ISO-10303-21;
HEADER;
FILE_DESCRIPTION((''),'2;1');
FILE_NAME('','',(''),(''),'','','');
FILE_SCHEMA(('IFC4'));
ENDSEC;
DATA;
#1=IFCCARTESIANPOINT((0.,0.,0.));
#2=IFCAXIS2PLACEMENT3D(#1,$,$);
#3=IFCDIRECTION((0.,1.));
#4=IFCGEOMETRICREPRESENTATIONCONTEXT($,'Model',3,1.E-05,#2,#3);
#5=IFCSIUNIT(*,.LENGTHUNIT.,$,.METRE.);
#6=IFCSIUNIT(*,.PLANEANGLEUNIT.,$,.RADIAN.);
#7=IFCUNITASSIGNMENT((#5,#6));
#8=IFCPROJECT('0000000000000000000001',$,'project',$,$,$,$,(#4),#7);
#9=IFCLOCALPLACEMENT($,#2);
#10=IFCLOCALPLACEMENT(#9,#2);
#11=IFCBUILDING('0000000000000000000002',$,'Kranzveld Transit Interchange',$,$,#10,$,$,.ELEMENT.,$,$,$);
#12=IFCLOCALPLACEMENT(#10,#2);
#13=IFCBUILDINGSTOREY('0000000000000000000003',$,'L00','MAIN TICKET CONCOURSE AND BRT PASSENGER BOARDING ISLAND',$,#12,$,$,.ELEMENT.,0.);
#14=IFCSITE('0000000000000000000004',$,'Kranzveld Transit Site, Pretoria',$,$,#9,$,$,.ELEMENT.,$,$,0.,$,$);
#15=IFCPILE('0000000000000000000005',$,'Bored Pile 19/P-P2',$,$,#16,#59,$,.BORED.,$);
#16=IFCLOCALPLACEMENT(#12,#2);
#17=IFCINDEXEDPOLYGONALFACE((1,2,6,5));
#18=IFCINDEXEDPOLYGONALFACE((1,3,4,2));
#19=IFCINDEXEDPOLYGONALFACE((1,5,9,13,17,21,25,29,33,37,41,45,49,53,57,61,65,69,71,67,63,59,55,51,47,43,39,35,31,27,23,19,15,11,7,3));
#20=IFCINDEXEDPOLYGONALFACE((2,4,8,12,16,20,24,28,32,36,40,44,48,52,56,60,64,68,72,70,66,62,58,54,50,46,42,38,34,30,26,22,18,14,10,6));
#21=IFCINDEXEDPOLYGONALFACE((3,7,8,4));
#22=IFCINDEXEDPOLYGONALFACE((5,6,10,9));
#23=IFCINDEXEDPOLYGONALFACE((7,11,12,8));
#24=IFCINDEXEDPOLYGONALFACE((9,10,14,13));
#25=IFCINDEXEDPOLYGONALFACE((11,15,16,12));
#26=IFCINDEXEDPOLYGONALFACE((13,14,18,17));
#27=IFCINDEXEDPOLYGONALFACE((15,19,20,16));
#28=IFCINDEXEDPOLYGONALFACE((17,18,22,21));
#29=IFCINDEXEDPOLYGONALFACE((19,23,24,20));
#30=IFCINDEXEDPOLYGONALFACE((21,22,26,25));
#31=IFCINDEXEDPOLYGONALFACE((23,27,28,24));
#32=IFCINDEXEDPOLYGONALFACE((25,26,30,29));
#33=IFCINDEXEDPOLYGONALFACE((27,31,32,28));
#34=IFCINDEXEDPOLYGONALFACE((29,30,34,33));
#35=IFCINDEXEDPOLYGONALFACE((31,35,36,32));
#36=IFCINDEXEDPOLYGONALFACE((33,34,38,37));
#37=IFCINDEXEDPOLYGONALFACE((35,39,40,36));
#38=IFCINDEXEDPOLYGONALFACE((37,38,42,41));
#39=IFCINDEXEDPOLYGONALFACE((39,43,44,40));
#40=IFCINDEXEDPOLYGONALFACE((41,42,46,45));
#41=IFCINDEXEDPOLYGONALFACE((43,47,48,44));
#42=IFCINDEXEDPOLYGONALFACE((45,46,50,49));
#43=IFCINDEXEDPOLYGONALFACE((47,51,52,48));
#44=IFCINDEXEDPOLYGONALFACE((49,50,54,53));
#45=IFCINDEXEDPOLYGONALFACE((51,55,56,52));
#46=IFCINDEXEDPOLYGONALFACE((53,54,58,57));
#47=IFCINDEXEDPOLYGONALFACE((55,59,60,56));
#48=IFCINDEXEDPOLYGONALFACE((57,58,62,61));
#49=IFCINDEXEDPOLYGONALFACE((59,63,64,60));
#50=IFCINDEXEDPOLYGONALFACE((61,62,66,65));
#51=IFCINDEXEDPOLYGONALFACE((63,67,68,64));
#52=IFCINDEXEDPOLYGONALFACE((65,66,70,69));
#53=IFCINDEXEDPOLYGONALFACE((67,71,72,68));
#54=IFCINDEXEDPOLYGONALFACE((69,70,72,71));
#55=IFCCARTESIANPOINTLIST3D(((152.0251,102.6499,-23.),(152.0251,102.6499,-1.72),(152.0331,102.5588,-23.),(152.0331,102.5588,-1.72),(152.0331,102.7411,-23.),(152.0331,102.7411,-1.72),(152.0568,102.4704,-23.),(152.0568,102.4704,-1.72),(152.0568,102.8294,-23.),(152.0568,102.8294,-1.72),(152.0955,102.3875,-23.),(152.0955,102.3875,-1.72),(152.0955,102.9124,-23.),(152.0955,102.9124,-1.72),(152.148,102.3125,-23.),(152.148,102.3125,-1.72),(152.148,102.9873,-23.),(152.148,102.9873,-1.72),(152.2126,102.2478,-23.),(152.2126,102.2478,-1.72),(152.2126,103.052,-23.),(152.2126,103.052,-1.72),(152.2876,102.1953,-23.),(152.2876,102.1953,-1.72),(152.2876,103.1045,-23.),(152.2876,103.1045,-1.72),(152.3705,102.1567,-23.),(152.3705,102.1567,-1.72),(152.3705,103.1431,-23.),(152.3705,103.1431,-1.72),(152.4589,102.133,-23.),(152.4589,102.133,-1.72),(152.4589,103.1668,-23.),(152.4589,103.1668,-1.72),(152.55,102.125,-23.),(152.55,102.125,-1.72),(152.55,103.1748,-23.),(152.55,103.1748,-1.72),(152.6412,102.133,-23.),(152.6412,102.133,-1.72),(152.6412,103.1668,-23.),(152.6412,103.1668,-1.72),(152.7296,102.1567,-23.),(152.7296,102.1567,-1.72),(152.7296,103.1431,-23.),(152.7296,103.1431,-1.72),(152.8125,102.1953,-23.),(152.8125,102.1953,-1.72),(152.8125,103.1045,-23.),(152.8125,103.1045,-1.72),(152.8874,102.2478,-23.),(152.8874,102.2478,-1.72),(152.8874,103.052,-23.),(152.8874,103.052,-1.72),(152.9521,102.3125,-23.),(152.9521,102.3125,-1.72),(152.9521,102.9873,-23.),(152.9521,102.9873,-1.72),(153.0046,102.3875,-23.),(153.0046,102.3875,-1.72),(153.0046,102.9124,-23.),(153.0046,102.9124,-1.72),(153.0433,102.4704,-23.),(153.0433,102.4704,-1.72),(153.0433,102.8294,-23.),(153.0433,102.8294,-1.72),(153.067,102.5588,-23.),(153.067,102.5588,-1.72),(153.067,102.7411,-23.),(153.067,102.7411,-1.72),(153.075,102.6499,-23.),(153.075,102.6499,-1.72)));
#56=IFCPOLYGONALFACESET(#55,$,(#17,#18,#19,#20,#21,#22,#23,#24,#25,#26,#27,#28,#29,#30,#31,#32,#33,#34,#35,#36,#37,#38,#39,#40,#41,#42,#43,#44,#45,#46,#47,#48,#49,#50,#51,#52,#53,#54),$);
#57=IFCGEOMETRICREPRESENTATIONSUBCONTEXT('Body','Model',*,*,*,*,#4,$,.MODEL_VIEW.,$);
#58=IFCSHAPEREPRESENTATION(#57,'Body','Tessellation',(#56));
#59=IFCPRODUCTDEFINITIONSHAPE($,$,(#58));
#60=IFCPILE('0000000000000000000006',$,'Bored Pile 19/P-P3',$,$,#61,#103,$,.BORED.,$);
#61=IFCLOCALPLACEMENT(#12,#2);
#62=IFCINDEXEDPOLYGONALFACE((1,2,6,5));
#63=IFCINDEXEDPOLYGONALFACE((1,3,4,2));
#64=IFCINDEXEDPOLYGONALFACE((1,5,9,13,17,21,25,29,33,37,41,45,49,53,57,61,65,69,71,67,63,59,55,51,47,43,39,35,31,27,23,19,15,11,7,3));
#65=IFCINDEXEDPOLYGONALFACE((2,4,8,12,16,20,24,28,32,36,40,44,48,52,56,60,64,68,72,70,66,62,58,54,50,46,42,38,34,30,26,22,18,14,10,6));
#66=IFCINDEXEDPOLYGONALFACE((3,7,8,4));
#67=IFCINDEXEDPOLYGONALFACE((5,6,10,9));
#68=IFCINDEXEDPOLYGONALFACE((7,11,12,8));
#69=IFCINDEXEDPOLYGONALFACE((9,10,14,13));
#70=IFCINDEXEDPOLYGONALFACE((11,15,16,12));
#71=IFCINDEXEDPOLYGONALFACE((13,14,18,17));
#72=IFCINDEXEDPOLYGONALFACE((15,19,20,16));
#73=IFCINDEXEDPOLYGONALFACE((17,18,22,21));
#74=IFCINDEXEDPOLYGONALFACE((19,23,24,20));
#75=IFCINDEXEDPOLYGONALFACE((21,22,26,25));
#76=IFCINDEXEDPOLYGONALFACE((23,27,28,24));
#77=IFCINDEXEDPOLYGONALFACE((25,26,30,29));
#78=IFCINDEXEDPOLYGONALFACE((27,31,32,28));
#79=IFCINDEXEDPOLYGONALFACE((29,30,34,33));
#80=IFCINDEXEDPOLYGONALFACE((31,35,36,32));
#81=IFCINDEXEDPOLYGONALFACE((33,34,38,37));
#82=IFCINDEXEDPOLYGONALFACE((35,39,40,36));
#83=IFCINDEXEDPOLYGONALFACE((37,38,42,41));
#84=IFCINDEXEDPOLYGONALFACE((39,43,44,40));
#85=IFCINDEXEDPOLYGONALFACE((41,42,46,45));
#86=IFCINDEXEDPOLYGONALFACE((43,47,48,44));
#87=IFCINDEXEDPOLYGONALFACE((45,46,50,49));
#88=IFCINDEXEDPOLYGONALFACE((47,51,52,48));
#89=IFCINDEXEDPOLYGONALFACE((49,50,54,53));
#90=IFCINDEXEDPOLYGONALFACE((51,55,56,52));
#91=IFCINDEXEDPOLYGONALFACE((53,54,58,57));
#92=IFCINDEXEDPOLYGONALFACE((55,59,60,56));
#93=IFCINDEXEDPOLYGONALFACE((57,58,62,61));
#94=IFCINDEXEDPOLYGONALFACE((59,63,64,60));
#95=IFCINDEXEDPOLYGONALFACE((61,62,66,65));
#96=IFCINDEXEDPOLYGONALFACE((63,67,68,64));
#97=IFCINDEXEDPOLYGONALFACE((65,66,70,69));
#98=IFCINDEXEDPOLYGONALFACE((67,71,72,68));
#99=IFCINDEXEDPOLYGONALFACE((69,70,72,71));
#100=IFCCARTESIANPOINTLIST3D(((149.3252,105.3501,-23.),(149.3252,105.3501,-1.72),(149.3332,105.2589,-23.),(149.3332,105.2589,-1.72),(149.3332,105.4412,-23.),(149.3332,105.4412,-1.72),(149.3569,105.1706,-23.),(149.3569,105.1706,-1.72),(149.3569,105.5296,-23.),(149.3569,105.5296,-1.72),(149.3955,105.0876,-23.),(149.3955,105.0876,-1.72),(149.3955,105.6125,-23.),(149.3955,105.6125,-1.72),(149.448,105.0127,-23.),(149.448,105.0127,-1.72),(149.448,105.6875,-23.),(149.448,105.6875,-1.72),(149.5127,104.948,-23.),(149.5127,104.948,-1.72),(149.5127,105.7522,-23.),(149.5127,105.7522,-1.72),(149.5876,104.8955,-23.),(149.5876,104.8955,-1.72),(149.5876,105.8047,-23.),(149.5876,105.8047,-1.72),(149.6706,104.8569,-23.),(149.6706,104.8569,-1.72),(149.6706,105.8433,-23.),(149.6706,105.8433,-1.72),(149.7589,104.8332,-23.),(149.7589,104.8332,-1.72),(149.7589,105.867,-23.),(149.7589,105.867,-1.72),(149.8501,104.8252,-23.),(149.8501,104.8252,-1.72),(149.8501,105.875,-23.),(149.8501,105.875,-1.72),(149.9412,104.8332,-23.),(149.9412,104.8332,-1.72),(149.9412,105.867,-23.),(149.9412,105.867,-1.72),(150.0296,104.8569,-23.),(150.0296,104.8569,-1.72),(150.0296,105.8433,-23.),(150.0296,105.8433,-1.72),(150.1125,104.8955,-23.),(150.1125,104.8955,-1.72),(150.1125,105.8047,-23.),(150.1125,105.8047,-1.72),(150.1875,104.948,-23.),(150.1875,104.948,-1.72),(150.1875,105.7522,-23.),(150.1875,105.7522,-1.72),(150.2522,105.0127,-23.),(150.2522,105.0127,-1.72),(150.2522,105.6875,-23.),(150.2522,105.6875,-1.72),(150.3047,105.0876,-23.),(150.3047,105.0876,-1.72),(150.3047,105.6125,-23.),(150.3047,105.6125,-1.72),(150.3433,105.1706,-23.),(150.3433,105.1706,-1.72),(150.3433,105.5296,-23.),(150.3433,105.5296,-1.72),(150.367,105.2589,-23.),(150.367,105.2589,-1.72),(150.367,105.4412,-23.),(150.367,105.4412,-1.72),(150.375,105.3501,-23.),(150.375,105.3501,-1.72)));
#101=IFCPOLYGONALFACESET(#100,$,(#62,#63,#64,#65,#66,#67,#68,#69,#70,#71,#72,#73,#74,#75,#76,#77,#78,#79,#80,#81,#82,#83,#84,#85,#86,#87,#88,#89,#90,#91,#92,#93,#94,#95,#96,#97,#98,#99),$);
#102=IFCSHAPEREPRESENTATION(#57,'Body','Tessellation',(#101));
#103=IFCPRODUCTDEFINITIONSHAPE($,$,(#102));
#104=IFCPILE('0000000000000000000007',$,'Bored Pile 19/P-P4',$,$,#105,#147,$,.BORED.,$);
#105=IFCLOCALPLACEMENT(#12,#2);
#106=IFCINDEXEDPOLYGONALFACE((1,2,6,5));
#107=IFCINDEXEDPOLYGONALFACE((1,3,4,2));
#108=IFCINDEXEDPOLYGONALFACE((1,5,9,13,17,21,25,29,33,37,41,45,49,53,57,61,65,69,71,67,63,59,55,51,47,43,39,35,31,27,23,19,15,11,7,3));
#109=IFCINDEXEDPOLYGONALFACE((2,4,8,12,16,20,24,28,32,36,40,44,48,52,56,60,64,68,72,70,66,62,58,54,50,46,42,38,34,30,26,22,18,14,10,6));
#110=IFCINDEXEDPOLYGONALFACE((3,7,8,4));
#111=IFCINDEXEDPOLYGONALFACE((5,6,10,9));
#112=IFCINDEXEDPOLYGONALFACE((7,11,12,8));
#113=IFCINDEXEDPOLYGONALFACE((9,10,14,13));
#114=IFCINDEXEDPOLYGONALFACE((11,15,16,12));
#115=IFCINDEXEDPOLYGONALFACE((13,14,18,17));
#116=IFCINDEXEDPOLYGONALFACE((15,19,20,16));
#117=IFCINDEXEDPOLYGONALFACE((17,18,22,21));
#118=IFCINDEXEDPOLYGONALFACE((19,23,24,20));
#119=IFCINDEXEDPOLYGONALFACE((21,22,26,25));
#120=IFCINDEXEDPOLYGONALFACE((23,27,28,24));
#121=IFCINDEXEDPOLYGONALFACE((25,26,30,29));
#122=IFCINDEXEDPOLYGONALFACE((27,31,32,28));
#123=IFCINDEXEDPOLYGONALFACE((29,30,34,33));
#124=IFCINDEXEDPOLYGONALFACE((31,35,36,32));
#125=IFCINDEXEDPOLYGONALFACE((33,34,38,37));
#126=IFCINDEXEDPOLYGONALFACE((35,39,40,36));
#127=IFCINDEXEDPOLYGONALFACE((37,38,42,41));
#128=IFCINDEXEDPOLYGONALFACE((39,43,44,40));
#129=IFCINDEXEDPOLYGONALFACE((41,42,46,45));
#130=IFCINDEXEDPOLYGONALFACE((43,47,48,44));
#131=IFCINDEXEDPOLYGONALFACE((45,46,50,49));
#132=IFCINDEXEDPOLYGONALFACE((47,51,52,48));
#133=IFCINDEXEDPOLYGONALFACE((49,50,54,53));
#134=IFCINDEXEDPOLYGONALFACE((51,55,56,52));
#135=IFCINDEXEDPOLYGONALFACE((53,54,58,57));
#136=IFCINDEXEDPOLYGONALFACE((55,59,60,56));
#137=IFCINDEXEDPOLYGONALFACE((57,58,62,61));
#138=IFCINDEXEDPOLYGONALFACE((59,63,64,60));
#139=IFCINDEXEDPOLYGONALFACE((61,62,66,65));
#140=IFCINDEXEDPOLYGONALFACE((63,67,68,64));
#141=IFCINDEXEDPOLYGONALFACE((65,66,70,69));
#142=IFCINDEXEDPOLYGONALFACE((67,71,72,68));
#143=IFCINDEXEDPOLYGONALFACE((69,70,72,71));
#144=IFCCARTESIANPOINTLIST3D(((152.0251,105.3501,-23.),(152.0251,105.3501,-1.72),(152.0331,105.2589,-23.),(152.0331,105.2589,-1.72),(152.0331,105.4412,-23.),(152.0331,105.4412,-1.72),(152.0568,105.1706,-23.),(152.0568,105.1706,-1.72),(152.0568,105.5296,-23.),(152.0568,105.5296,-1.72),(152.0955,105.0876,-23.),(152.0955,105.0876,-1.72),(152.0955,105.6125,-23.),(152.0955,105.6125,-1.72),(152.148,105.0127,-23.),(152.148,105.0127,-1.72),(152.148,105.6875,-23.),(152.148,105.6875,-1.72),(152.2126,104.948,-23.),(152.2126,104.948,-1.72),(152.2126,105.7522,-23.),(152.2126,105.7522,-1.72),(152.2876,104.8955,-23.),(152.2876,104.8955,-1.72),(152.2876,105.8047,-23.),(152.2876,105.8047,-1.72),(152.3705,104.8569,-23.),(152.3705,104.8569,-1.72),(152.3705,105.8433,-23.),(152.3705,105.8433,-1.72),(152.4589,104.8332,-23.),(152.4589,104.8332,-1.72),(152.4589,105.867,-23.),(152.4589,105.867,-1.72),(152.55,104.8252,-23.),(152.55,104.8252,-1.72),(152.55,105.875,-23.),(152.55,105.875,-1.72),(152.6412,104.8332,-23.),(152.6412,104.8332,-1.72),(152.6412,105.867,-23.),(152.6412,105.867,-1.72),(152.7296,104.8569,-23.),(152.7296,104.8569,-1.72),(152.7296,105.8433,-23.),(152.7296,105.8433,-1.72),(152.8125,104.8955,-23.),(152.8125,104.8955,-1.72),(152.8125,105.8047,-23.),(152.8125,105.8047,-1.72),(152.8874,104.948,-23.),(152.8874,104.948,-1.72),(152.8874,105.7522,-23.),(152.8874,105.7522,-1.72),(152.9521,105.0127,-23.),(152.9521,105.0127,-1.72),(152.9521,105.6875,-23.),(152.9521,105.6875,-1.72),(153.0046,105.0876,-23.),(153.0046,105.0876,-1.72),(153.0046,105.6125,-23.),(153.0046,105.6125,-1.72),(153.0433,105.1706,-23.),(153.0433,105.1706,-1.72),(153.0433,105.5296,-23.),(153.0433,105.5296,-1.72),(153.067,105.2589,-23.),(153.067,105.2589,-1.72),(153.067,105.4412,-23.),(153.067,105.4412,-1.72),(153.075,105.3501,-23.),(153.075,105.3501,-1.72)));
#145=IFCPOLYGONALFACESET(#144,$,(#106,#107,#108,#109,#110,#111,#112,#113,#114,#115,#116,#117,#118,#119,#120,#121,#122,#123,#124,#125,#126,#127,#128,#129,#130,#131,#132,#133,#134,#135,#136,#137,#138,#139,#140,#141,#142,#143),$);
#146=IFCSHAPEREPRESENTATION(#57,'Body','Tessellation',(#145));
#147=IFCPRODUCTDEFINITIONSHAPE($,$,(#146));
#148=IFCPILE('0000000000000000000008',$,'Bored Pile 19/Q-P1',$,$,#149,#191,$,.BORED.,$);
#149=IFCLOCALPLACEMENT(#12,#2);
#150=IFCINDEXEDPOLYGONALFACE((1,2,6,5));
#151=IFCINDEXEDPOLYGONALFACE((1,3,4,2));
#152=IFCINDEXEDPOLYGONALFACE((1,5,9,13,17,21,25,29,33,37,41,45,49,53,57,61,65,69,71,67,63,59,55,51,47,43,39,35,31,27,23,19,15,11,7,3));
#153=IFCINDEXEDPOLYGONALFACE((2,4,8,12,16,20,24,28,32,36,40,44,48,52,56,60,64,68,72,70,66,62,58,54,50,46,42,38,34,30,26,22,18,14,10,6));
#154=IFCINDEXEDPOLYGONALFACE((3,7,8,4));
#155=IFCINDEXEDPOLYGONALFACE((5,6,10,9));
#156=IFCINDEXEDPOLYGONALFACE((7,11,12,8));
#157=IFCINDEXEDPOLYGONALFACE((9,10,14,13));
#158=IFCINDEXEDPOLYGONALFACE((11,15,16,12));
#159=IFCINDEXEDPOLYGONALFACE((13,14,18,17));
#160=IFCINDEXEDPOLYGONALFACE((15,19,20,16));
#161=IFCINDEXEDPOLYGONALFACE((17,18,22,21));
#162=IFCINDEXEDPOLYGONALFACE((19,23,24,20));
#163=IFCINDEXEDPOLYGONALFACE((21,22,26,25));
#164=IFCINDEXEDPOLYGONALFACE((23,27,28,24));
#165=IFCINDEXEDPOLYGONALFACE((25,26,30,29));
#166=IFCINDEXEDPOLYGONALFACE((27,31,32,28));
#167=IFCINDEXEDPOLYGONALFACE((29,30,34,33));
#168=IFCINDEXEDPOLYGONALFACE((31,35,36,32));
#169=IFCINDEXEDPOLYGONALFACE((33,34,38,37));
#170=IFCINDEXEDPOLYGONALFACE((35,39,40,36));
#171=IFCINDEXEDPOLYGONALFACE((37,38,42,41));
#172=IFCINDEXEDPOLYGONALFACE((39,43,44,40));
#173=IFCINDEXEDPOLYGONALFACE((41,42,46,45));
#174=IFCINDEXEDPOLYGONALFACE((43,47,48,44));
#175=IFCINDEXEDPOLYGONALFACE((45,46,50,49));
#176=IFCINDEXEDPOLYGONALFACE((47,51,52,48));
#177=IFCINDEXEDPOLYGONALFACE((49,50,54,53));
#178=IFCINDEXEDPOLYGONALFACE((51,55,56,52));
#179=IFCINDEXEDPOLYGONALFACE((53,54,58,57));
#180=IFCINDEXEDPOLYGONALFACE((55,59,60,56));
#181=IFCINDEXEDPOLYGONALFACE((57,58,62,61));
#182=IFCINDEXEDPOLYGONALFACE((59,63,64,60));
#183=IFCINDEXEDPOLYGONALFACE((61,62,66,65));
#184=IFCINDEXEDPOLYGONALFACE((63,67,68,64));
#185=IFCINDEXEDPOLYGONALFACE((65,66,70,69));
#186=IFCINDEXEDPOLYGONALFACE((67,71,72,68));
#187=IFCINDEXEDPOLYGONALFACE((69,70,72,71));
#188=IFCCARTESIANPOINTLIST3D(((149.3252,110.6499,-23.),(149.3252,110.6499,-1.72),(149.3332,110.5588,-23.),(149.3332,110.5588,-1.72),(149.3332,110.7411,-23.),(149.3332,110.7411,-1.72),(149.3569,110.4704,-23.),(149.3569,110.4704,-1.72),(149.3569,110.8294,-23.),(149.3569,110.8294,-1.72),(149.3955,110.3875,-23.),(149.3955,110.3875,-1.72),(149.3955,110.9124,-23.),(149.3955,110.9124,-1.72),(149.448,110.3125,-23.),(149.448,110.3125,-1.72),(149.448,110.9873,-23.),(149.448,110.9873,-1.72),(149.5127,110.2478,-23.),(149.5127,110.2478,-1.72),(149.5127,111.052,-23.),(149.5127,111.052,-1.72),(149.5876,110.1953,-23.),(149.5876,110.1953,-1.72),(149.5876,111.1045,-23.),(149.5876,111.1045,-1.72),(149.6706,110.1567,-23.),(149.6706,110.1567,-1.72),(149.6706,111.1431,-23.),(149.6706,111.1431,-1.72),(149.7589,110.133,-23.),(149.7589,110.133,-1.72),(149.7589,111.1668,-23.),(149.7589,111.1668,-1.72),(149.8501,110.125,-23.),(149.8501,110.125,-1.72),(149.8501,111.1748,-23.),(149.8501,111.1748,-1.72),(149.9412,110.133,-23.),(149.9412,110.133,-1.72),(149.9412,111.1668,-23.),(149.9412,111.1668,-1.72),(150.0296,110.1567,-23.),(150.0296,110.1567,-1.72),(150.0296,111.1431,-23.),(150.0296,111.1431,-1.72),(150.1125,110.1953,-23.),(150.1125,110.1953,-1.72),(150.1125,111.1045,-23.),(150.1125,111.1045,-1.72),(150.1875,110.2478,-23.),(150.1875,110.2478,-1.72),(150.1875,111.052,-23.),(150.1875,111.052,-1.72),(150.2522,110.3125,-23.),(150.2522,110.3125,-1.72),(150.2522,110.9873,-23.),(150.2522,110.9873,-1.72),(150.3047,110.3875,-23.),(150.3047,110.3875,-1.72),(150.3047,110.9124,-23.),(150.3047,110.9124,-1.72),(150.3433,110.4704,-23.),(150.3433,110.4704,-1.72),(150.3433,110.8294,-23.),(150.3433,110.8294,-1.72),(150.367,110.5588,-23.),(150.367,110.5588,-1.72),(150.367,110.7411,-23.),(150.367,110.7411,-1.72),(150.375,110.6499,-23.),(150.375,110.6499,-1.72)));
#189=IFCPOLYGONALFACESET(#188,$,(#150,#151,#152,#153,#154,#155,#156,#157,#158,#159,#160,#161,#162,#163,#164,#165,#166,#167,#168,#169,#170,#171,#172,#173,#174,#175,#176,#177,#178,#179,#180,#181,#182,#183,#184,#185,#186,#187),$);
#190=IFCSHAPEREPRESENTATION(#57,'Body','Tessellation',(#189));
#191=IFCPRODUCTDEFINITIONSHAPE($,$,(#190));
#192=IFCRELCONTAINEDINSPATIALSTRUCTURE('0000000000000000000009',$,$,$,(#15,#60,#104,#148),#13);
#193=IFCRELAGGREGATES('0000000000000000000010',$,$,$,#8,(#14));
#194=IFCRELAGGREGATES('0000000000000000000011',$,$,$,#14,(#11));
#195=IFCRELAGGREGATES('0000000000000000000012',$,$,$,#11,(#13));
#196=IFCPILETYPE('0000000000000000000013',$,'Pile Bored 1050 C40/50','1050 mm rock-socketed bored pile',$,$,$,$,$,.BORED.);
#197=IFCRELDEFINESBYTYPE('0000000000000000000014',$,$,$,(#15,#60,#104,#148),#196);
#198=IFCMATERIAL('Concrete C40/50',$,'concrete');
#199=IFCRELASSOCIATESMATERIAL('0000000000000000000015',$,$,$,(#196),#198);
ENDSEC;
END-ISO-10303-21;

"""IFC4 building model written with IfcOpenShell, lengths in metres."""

from ifc_helpers import new_model, si_unit, direction, frame, origin, origin_2d, place, context, subcontext, project, spatial, circle, extrude, material, material_profile, profile_set, type_object, element, save


model = new_model("IFC4")

# Units and contexts
model_context = context("Model", 3, precision=1e-05, world=origin(), true_north=direction((0.0, 1.0)))
body_context = subcontext(model_context, "Body", "Model", "MODEL_VIEW")
ifc_project = project(units=[si_unit("LENGTHUNIT", "METRE"), si_unit("PLANEANGLEUNIT", "RADIAN")], contexts=[model_context])

# Site, building, storey
site_placement = place(None, origin())
site = spatial("IfcSite", under=ifc_project, at=site_placement, Name="Kranzveld Transit Site, Pretoria", CompositionType="ELEMENT", RefElevation=0.0)
building_placement = place(site_placement, origin())
building = spatial("IfcBuilding", under=site, at=building_placement, Name="Kranzveld Transit Interchange", CompositionType="ELEMENT")
storey_placement = place(building_placement, origin())
storey = spatial("IfcBuildingStorey", under=building, at=storey_placement, Name="L00", Description="MAIN TICKET CONCOURSE AND BRT PASSENGER BOARDING ISLAND", CompositionType="ELEMENT", Elevation=0.0)

# Piles
ifc_material_1 = material(Name="Concrete C40/50", Category="concrete")
ifc_material_profile_1 = material_profile(ifc_material_1, circle(Radius=0.5249, at=origin_2d()), Name="BORED PILE 1050")
ifc_profile_set_1 = profile_set([ifc_material_profile_1], Name="Concrete C40/50")
pile_type = type_object("IfcPileType", Name="Pile Bored 1050 C40/50", Description="1050 mm rock-socketed bored pile", PredefinedType="BORED", material=ifc_profile_set_1)
for number, where, z_axis, x_axis, name in (
    (1, (152.55, 102.6499, -1.72), (0.0, 0.0, -1.0), (1.0, 0.0, 0.0), "Bored Pile 19/P-P2"),
    (2, (149.8501, 105.3501, -1.72), (0.0, 0.0, -1.0), (1.0, 0.0, 0.0), "Bored Pile 19/P-P3"),
    (3, (152.55, 105.3501, -1.72), (0.0, 0.0, -1.0), (1.0, 0.0, 0.0), "Bored Pile 19/P-P4"),
    (4, (149.8501, 110.6499, -1.72), (0.0, 0.0, -1.0), (1.0, 0.0, 0.0), "Bored Pile 19/Q-P1"),
):
    element("IfcPile", number, at=place(storey_placement, frame(where, z_axis=z_axis, x_axis=x_axis)), inside=storey, type_object=pile_type, Name=name, PredefinedType="BORED", context=body_context, shape_type="SweptSolid", body=[
        extrude(circle(Radius=0.5249, at=origin_2d()), origin(), (0.0, 0.0, 1.0), 21.28),
    ])

save(model, "model.ifc")
